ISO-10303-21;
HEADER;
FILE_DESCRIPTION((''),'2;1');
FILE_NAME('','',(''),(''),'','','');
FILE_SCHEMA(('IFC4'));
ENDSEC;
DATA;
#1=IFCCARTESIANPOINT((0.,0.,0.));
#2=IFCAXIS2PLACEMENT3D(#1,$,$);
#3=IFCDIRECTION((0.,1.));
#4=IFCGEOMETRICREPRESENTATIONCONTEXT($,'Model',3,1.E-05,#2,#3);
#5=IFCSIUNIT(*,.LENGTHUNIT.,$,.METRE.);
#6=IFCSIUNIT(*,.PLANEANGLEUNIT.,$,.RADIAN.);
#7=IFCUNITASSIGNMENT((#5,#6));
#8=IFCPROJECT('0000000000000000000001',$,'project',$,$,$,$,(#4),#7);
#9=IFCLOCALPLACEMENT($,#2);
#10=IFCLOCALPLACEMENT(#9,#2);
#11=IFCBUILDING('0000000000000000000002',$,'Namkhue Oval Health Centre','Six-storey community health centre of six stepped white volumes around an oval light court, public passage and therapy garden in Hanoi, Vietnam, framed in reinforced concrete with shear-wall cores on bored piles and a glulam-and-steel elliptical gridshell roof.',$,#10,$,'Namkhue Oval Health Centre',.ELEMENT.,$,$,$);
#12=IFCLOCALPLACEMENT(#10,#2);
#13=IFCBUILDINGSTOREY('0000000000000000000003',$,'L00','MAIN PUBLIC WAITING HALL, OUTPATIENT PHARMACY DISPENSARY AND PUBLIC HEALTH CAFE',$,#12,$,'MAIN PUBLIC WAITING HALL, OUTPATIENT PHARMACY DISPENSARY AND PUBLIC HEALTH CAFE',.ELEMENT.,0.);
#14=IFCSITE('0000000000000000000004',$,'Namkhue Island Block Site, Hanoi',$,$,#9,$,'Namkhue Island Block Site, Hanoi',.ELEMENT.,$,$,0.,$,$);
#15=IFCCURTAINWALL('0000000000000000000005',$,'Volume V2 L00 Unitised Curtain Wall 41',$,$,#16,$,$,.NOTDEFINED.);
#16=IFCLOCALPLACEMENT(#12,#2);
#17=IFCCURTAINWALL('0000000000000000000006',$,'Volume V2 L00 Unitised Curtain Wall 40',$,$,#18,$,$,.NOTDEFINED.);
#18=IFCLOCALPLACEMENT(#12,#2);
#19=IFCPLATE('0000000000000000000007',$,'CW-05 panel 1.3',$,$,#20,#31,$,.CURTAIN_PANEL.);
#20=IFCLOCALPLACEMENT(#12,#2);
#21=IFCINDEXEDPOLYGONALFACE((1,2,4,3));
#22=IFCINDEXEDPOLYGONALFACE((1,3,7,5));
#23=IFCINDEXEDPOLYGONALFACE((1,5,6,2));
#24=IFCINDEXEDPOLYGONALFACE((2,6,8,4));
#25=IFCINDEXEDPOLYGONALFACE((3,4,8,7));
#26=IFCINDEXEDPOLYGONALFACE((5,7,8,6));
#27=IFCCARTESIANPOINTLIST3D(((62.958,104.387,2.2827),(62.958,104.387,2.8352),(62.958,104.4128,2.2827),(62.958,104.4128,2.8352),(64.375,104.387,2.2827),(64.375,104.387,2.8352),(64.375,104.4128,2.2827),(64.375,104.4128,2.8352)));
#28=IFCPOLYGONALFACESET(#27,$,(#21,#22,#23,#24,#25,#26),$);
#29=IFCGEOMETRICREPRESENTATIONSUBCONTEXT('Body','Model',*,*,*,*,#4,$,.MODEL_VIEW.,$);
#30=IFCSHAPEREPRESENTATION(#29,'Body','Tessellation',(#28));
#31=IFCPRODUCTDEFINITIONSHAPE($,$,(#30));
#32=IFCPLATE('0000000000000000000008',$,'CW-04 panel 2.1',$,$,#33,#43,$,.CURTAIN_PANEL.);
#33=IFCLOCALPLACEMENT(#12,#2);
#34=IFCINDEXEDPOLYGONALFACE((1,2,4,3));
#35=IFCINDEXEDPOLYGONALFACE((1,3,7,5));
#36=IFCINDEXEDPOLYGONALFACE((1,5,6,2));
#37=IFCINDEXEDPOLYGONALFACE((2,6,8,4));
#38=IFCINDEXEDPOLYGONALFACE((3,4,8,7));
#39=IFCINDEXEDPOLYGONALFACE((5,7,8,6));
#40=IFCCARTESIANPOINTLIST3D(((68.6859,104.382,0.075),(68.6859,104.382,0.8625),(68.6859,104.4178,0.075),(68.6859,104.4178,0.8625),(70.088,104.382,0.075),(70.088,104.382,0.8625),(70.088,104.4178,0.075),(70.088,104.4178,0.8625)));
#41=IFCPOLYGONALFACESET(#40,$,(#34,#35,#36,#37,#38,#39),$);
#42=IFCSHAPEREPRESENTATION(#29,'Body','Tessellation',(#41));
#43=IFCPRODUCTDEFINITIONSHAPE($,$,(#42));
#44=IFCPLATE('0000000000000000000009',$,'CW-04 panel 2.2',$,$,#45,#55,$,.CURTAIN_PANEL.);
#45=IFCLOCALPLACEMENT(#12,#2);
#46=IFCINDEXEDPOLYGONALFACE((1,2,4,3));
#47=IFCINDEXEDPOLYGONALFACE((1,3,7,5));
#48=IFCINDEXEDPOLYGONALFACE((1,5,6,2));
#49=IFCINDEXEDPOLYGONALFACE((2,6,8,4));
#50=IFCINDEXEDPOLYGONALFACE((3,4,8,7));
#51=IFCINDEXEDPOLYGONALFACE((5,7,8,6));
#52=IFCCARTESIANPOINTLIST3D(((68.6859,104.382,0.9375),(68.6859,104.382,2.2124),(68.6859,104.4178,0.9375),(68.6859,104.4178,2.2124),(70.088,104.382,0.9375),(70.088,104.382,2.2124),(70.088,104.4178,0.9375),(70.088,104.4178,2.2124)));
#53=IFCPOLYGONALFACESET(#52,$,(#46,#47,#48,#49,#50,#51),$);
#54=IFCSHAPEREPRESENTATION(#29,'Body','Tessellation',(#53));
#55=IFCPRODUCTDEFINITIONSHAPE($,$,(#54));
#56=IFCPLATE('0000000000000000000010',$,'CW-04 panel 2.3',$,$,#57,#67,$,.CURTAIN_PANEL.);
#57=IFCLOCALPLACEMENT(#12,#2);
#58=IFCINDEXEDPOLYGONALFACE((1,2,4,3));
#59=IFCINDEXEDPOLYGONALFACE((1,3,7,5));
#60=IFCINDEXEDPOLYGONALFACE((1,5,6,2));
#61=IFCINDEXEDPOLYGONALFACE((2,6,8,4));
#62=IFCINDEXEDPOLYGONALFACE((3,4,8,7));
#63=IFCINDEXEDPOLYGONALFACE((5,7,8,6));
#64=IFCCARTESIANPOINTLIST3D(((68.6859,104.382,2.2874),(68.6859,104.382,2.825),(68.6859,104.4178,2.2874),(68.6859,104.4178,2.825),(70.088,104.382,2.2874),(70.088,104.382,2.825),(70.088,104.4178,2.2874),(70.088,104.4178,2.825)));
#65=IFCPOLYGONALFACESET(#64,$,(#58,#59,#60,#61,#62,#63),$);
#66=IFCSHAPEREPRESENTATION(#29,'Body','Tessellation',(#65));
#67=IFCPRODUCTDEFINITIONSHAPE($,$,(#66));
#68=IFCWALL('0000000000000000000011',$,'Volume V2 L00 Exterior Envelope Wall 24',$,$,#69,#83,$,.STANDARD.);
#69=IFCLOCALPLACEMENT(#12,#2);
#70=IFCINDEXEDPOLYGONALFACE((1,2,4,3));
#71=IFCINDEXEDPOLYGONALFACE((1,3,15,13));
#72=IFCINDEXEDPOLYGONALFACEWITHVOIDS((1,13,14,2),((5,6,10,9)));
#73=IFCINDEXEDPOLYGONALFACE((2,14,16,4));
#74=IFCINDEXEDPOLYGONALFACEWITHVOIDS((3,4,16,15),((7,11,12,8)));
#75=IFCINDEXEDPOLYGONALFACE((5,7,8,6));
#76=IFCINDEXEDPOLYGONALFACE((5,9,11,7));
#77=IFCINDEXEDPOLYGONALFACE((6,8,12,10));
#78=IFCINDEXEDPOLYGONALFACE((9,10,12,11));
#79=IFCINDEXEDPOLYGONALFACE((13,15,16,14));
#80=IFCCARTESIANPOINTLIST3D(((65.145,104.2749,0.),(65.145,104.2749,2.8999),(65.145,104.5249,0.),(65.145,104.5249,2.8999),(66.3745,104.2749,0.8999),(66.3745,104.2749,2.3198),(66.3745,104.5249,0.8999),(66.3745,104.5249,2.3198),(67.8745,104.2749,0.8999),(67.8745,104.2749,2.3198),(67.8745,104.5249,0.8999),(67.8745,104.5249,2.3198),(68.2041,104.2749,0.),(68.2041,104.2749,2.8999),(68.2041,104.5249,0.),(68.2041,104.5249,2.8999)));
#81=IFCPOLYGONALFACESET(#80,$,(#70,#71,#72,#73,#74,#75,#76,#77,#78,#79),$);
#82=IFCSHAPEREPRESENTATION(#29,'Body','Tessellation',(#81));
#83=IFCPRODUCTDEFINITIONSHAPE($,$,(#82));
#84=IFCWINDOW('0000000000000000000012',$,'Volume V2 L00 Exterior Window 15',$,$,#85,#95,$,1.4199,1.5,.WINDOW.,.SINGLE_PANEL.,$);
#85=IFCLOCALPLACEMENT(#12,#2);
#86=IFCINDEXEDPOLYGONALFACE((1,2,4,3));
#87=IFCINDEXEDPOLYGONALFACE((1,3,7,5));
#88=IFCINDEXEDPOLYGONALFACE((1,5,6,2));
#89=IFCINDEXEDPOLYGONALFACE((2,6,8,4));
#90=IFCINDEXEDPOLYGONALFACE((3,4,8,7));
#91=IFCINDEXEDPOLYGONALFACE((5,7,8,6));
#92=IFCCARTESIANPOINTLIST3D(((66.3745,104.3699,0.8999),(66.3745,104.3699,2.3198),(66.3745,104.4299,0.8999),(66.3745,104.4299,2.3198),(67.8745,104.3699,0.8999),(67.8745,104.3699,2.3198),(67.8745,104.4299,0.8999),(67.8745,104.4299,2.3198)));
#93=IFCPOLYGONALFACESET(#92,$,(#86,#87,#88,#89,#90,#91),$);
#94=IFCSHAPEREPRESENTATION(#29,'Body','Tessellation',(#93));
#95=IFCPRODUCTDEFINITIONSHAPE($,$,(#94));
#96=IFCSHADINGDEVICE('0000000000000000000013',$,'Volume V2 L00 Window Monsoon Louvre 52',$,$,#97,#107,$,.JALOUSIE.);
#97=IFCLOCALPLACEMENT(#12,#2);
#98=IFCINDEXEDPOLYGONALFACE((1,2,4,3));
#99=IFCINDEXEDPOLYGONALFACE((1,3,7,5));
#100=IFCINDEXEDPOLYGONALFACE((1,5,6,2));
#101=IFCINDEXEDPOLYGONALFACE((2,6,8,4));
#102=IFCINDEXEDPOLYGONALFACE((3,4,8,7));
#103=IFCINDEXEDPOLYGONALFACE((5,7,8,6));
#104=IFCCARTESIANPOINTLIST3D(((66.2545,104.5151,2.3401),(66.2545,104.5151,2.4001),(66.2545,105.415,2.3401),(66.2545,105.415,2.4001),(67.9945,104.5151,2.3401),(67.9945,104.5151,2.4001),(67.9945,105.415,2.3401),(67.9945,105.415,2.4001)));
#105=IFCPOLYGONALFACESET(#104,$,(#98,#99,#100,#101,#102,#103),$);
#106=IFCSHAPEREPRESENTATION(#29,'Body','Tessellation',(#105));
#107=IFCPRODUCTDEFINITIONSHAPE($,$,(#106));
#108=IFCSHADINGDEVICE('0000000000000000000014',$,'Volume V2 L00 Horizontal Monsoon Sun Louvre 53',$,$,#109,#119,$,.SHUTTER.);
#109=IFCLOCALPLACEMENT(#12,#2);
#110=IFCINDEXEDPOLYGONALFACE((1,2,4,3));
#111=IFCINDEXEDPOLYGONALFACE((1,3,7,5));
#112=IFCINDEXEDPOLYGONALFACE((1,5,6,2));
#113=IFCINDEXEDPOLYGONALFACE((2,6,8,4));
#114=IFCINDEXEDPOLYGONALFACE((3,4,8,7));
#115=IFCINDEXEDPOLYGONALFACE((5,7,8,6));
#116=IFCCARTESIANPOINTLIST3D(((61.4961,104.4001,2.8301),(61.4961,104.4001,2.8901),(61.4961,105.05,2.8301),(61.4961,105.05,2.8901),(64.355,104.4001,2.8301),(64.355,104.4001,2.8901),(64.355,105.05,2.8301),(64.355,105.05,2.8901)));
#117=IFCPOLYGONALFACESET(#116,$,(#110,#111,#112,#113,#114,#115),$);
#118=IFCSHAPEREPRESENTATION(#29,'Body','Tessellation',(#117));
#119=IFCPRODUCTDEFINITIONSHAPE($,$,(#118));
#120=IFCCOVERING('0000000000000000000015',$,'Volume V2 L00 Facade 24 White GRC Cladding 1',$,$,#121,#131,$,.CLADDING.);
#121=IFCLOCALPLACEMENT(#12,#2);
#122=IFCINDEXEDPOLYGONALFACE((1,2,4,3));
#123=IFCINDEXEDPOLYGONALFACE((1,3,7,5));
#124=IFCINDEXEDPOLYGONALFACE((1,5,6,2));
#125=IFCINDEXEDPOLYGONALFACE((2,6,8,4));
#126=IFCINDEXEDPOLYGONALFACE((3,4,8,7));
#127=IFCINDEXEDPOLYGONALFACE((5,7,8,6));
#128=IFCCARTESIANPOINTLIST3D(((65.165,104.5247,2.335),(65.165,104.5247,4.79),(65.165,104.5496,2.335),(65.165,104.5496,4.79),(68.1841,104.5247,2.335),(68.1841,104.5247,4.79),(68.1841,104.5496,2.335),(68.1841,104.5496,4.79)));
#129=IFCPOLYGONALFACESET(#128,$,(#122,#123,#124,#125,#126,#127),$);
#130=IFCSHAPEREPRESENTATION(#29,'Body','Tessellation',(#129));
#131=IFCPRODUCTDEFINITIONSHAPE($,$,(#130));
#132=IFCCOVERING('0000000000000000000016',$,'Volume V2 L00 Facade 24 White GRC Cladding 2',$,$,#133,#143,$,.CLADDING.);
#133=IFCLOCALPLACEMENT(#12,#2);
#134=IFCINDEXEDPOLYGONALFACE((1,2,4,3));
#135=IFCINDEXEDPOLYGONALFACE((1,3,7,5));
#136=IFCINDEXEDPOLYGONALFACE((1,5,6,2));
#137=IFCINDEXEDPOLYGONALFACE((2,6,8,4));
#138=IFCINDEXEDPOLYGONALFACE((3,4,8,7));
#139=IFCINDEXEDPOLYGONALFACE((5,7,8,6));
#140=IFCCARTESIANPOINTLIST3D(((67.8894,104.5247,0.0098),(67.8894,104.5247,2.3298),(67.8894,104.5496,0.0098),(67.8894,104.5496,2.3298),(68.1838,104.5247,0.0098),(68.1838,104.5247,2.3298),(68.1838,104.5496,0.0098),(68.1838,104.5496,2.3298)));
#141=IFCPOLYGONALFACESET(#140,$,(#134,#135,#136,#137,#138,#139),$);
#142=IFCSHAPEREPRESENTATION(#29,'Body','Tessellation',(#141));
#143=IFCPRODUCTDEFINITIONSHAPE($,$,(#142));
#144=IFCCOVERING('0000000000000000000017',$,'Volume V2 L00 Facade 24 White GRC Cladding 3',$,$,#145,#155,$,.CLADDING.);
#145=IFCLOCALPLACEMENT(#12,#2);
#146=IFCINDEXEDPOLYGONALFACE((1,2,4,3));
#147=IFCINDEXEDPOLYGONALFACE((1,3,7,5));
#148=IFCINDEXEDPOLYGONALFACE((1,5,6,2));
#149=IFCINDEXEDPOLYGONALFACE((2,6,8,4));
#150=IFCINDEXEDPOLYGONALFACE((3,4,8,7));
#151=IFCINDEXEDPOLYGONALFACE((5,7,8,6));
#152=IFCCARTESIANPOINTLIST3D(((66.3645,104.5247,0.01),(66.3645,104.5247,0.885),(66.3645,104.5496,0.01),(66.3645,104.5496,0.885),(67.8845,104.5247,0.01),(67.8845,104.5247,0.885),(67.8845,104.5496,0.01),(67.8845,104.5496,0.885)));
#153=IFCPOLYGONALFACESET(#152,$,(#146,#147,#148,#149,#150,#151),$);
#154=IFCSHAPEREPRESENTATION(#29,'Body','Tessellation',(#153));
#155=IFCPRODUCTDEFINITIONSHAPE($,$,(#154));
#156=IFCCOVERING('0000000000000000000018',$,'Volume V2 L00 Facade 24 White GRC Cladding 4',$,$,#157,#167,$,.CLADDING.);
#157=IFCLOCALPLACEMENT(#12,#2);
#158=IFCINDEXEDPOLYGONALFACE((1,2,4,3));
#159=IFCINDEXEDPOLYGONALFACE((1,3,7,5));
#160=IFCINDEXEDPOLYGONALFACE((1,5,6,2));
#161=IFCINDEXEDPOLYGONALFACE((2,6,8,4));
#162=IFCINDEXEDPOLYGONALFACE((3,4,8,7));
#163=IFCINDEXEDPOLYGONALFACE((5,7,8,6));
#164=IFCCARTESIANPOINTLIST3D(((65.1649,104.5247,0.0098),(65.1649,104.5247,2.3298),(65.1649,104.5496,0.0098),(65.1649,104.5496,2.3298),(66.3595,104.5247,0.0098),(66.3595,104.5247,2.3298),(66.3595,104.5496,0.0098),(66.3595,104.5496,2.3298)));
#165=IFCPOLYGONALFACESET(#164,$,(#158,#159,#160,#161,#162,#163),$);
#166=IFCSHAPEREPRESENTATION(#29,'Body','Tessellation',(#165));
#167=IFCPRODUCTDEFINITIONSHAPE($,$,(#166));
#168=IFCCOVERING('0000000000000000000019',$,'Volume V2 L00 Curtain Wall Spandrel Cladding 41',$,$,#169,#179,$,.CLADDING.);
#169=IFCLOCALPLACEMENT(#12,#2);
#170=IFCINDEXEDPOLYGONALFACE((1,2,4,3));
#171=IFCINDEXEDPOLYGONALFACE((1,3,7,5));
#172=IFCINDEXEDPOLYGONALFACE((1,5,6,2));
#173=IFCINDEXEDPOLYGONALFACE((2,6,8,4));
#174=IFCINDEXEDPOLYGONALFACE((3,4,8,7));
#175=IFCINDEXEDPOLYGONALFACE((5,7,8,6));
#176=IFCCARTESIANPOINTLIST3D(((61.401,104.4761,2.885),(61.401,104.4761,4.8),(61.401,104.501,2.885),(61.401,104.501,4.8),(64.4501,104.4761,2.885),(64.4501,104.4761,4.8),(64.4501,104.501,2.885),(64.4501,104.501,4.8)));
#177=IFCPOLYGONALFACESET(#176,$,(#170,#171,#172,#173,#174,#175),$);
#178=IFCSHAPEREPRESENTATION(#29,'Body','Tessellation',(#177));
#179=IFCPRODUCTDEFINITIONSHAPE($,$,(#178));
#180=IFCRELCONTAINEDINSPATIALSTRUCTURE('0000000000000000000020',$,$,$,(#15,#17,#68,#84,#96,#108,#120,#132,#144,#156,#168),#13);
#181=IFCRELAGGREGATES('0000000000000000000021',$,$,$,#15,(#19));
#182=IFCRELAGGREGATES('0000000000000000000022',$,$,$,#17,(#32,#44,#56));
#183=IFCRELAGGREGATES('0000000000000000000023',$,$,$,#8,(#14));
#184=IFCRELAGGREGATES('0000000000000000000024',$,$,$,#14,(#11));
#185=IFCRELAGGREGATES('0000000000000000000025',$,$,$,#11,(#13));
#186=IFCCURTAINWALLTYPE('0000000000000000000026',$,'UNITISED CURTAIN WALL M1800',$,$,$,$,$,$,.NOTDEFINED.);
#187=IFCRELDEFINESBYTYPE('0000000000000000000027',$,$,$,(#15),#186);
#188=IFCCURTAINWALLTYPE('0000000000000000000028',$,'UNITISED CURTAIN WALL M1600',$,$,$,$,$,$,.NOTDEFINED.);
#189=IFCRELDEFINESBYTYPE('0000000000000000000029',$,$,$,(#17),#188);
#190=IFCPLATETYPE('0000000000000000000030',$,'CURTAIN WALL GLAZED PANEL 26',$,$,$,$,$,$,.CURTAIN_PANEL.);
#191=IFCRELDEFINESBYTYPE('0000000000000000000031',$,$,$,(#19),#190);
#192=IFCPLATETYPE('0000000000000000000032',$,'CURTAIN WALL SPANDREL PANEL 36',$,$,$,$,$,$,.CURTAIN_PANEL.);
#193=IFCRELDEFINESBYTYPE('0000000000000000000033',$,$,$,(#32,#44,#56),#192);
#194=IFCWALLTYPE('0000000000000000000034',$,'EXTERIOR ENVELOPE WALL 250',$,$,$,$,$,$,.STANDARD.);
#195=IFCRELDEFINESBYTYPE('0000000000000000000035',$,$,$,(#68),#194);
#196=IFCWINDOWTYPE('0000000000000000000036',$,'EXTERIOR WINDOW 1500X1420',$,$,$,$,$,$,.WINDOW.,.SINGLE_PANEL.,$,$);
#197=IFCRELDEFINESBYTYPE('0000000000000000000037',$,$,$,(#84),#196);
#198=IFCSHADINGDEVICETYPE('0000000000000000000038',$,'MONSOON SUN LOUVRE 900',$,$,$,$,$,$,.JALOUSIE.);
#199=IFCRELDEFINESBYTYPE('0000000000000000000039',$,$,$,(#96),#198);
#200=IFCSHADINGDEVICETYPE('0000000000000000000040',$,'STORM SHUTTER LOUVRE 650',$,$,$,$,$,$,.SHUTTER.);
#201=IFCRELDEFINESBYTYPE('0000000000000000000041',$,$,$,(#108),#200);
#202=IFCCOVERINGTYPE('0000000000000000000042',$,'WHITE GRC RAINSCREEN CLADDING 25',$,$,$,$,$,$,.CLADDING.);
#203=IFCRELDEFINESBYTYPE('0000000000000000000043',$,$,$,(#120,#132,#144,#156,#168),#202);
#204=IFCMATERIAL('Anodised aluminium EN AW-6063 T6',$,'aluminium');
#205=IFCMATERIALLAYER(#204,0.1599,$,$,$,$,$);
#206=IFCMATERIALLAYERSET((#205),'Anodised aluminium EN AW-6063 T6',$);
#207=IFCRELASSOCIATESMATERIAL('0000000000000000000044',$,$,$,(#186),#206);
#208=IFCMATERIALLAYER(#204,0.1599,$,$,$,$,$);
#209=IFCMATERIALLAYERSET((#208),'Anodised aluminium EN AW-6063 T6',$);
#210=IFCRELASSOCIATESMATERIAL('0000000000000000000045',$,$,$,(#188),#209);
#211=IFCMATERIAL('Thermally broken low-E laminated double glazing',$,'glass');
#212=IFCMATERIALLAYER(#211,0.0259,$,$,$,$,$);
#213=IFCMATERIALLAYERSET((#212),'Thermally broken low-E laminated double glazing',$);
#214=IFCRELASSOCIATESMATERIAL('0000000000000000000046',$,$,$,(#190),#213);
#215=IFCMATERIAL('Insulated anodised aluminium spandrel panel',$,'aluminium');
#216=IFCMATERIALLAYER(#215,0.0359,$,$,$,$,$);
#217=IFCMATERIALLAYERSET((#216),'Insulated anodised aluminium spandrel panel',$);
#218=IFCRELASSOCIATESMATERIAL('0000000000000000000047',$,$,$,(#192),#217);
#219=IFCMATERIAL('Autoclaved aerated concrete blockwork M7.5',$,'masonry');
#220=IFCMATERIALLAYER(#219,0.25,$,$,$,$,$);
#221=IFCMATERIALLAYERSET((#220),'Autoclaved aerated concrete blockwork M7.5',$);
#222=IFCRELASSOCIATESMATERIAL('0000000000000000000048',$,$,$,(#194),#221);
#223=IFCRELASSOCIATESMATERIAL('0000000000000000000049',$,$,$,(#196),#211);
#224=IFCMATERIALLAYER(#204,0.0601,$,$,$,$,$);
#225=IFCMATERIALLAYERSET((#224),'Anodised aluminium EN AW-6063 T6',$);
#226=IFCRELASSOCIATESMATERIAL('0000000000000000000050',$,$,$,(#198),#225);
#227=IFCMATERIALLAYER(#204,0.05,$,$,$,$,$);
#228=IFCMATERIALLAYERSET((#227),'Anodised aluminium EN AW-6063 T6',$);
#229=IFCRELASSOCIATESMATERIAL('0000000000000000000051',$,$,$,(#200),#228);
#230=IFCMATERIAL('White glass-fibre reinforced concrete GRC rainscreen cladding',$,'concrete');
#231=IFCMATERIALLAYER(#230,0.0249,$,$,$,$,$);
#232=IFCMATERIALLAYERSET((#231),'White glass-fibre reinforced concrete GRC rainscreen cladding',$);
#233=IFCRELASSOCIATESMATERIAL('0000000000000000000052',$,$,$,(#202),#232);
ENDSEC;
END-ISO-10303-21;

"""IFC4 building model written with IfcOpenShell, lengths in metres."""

from ifc_helpers import new_model, si_unit, direction, frame, frame_2d, origin, origin_2d, place, context, subcontext, project, spatial, rectangle, extrude, material, layer, layer_set, type_object, element, fill, aggregate, save


model = new_model("IFC4")

# Units and contexts
model_context = context("Model", 3, precision=1e-05, world=origin(), true_north=direction((0.0, 1.0)))
body_context = subcontext(model_context, "Body", "Model", "MODEL_VIEW")
ifc_project = project(units=[si_unit("LENGTHUNIT", "METRE"), si_unit("PLANEANGLEUNIT", "RADIAN")], contexts=[model_context])

# Site, building, storey
site_placement = place(None, origin())
site = spatial("IfcSite", under=ifc_project, at=site_placement, Name="Namkhue Island Block Site, Hanoi", LongName="Namkhue Island Block Site, Hanoi", CompositionType="ELEMENT", RefElevation=0.0)
building_placement = place(site_placement, origin())
building = spatial("IfcBuilding", under=site, at=building_placement, Name="Namkhue Oval Health Centre", Description="Six-storey community health centre of six stepped white volumes around an oval light court, public passage and therapy garden in Hanoi, Vietnam, framed in reinforced concrete with shear-wall cores on bored piles and a glulam-and-steel elliptical gridshell roof.", LongName="Namkhue Oval Health Centre", CompositionType="ELEMENT")
storey_placement = place(building_placement, origin())
storey = spatial("IfcBuildingStorey", under=building, at=storey_placement, Name="L00", Description="MAIN PUBLIC WAITING HALL, OUTPATIENT PHARMACY DISPENSARY AND PUBLIC HEALTH CAFE", LongName="MAIN PUBLIC WAITING HALL, OUTPATIENT PHARMACY DISPENSARY AND PUBLIC HEALTH CAFE", CompositionType="ELEMENT", Elevation=0.0)

# Curtain walls
ifc_material_1 = material(Name="Anodised aluminium EN AW-6063 T6", Category="aluminium")
ifc_layer_1 = layer(ifc_material_1, 0.1599)
ifc_layer_set_1 = layer_set([ifc_layer_1], Name="Anodised aluminium EN AW-6063 T6")
curtain_wall_type_1 = type_object("IfcCurtainWallType", Name="UNITISED CURTAIN WALL M1800", PredefinedType="NOTDEFINED", material=ifc_layer_set_1)
curtain_wall_1_placement = place(storey_placement, origin())
curtain_wall_1 = element("IfcCurtainWall", 1, at=curtain_wall_1_placement, inside=storey, type_object=curtain_wall_type_1, Name="Volume V2 L00 Unitised Curtain Wall 41", PredefinedType="NOTDEFINED")
ifc_layer_2 = layer(ifc_material_1, 0.1599)
ifc_layer_set_2 = layer_set([ifc_layer_2], Name="Anodised aluminium EN AW-6063 T6")
curtain_wall_type_2 = type_object("IfcCurtainWallType", Name="UNITISED CURTAIN WALL M1600", PredefinedType="NOTDEFINED", material=ifc_layer_set_2)
curtain_wall_2_placement = place(storey_placement, origin())
curtain_wall_2 = element("IfcCurtainWall", 2, at=curtain_wall_2_placement, inside=storey, type_object=curtain_wall_type_2, Name="Volume V2 L00 Unitised Curtain Wall 40", PredefinedType="NOTDEFINED")

# Plates
ifc_material_2 = material(Name="Thermally broken low-E laminated double glazing", Category="glass")
ifc_layer_3 = layer(ifc_material_2, 0.0259)
ifc_layer_set_3 = layer_set([ifc_layer_3], Name="Thermally broken low-E laminated double glazing")
plate_type_1 = type_object("IfcPlateType", Name="CURTAIN WALL GLAZED PANEL 26", PredefinedType="CURTAIN_PANEL", material=ifc_layer_set_3)
plate_1_placement = place(storey_placement, frame((63.6665, 104.3999, 2.2827), z_axis=(0.0, 0.0, 1.0), x_axis=(-1.0, 0.0, 0.0)))
plate_1 = element("IfcPlate", 3, at=plate_1_placement, type_object=plate_type_1, Name="CW-05 panel 1.3", PredefinedType="CURTAIN_PANEL", context=body_context, shape_type="SweptSolid", body=[
    extrude(rectangle(XDim=1.417, YDim=0.0259, at=origin_2d()), origin(), (0.0, 0.0, 1.0), 0.5525),
])
aggregate(curtain_wall_1, [plate_1])
ifc_material_3 = material(Name="Insulated anodised aluminium spandrel panel", Category="aluminium")
ifc_layer_4 = layer(ifc_material_3, 0.0359)
ifc_layer_set_4 = layer_set([ifc_layer_4], Name="Insulated anodised aluminium spandrel panel")
plate_type_2 = type_object("IfcPlateType", Name="CURTAIN WALL SPANDREL PANEL 36", PredefinedType="CURTAIN_PANEL", material=ifc_layer_set_4)
plate_2_placement = place(storey_placement, frame((69.387, 104.3999, 0.075), z_axis=(0.0, 0.0, 1.0), x_axis=(-1.0, 0.0, 0.0)))
plate_2 = element("IfcPlate", 4, at=plate_2_placement, type_object=plate_type_2, Name="CW-04 panel 2.1", PredefinedType="CURTAIN_PANEL", context=body_context, shape_type="SweptSolid", body=[
    extrude(rectangle(XDim=1.4021, YDim=0.0359, at=origin_2d()), origin(), (0.0, 0.0, 1.0), 0.7876),
])
plate_3_placement = place(storey_placement, frame((69.387, 104.3999, 0.9375), z_axis=(0.0, 0.0, 1.0), x_axis=(-1.0, 0.0, 0.0)))
plate_3 = element("IfcPlate", 5, at=plate_3_placement, type_object=plate_type_2, Name="CW-04 panel 2.2", PredefinedType="CURTAIN_PANEL", context=body_context, shape_type="SweptSolid", body=[
    extrude(rectangle(XDim=1.4021, YDim=0.0359, at=origin_2d()), origin(), (0.0, 0.0, 1.0), 1.2749),
])
plate_4_placement = place(storey_placement, frame((69.387, 104.3999, 2.2874), z_axis=(0.0, 0.0, 1.0), x_axis=(-1.0, 0.0, 0.0)))
plate_4 = element("IfcPlate", 6, at=plate_4_placement, type_object=plate_type_2, Name="CW-04 panel 2.3", PredefinedType="CURTAIN_PANEL", context=body_context, shape_type="SweptSolid", body=[
    extrude(rectangle(XDim=1.4021, YDim=0.0359, at=origin_2d()), origin(), (0.0, 0.0, 1.0), 0.5376),
])
aggregate(curtain_wall_2, [plate_2, plate_3, plate_4])

# Wall, opening, window
ifc_material_4 = material(Name="Autoclaved aerated concrete blockwork M7.5", Category="masonry")
ifc_layer_5 = layer(ifc_material_4, 0.25)
ifc_layer_set_5 = layer_set([ifc_layer_5], Name="Autoclaved aerated concrete blockwork M7.5")
wall_type = type_object("IfcWallType", Name="EXTERIOR ENVELOPE WALL 250", PredefinedType="STANDARD", material=ifc_layer_set_5)
wall_placement = place(storey_placement, frame((68.2041, 104.3999, 0.0), z_axis=(0.0, 0.0, 1.0), x_axis=(-1.0, 0.0, 0.0)))
wall = element("IfcWall", 7, at=wall_placement, inside=storey, type_object=wall_type, Name="Volume V2 L00 Exterior Envelope Wall 24", PredefinedType="STANDARD", context=body_context, shape_type="SweptSolid", body=[
    extrude(rectangle(XDim=3.0591, YDim=0.25, at=frame_2d((1.5295, 0.0))), origin(), (0.0, 0.0, 1.0), 2.8999),
])
opening_placement = place(wall_placement, frame((0.3296, 0.0, 0.8999)))
opening = element("IfcOpeningElement", 8, at=opening_placement, cuts=wall, PredefinedType="OPENING", context=body_context, shape_type="SweptSolid", body=[
    extrude(rectangle(XDim=1.5, YDim=1.4199, at=frame_2d((0.75, 0.71))), frame((0.0, 0.135, 0.0), z_axis=(0.0, -1.0, 0.0), x_axis=(1.0, 0.0, 0.0)), (0.0, 0.0, 1.0), 0.27),
])
window_type = type_object("IfcWindowType", Name="EXTERIOR WINDOW 1500X1420", PartitioningType="SINGLE_PANEL", PredefinedType="WINDOW", material=ifc_material_2)
window_placement = place(opening_placement, origin())
window = element("IfcWindow", 9, at=window_placement, inside=storey, type_object=window_type, Name="Volume V2 L00 Exterior Window 15", OverallHeight=1.4199, OverallWidth=1.5, PartitioningType="SINGLE_PANEL", PredefinedType="WINDOW", context=body_context, shape_type="SweptSolid", body=[
    extrude(rectangle(XDim=1.5, YDim=1.4199, at=frame_2d((0.75, 0.71))), frame((0.0, 0.03, 0.0), z_axis=(0.0, -1.0, 0.0), x_axis=(1.0, 0.0, 0.0)), (0.0, 0.0, 1.0), 0.0601),
])
fill(opening, window)

# Shading devices
ifc_layer_6 = layer(ifc_material_1, 0.0601)
ifc_layer_set_6 = layer_set([ifc_layer_6], Name="Anodised aluminium EN AW-6063 T6")
shading_device_type_1 = type_object("IfcShadingDeviceType", Name="MONSOON SUN LOUVRE 900", PredefinedType="JALOUSIE", material=ifc_layer_set_6)
shading_device_1_placement = place(storey_placement, frame((67.1245, 104.9651, 2.3401), z_axis=(0.0, 0.0, 1.0), x_axis=(-1.0, 0.0, 0.0)))
element("IfcShadingDevice", 10, at=shading_device_1_placement, inside=storey, type_object=shading_device_type_1, Name="Volume V2 L00 Window Monsoon Louvre 52", PredefinedType="JALOUSIE", context=body_context, shape_type="SweptSolid", body=[
    extrude(rectangle(XDim=1.74, YDim=0.8999, at=origin_2d()), origin(), (0.0, 0.0, 1.0), 0.0601),
])
ifc_layer_7 = layer(ifc_material_1, 0.05)
ifc_layer_set_7 = layer_set([ifc_layer_7], Name="Anodised aluminium EN AW-6063 T6")
shading_device_type_2 = type_object("IfcShadingDeviceType", Name="STORM SHUTTER LOUVRE 650", PredefinedType="SHUTTER", material=ifc_layer_set_7)
shading_device_2_placement = place(storey_placement, frame((62.9255, 104.7251, 2.8301), z_axis=(0.0, 0.0, 1.0), x_axis=(-1.0, 0.0, 0.0)))
element("IfcShadingDevice", 11, at=shading_device_2_placement, inside=storey, type_object=shading_device_type_2, Name="Volume V2 L00 Horizontal Monsoon Sun Louvre 53", PredefinedType="SHUTTER", context=body_context, shape_type="SweptSolid", body=[
    extrude(rectangle(XDim=2.8589, YDim=0.6499, at=origin_2d()), origin(), (0.0, 0.0, 1.0), 0.0601),
])

# Coverings
ifc_material_5 = material(Name="White glass-fibre reinforced concrete GRC rainscreen cladding", Category="concrete")
ifc_layer_8 = layer(ifc_material_5, 0.0249)
ifc_layer_set_8 = layer_set([ifc_layer_8], Name="White glass-fibre reinforced concrete GRC rainscreen cladding")
covering_type = type_object("IfcCoveringType", Name="WHITE GRC RAINSCREEN CLADDING 25", PredefinedType="CLADDING", material=ifc_layer_set_8)
covering_1_placement = place(storey_placement, frame((66.6746, 104.5371, 2.335), z_axis=(0.0, 0.0, 1.0), x_axis=(-1.0, 0.0, 0.0)))
element("IfcCovering", 12, at=covering_1_placement, inside=storey, type_object=covering_type, Name="Volume V2 L00 Facade 24 White GRC Cladding 1", PredefinedType="CLADDING", context=body_context, shape_type="SweptSolid", body=[
    extrude(rectangle(XDim=3.019, YDim=0.0249, at=origin_2d()), origin(), (0.0, 0.0, 1.0), 2.4551),
])
covering_2_placement = place(storey_placement, frame((68.0366, 104.5371, 0.0098), z_axis=(0.0, 0.0, 1.0), x_axis=(-1.0, 0.0, 0.0)))
element("IfcCovering", 13, at=covering_2_placement, inside=storey, type_object=covering_type, Name="Volume V2 L00 Facade 24 White GRC Cladding 2", PredefinedType="CLADDING", context=body_context, shape_type="SweptSolid", body=[
    extrude(rectangle(XDim=0.2944, YDim=0.0249, at=origin_2d()), origin(), (0.0, 0.0, 1.0), 2.3201),
])
covering_3_placement = place(storey_placement, frame((67.1245, 104.5371, 0.01), z_axis=(0.0, 0.0, 1.0), x_axis=(-1.0, 0.0, 0.0)))
element("IfcCovering", 14, at=covering_3_placement, inside=storey, type_object=covering_type, Name="Volume V2 L00 Facade 24 White GRC Cladding 3", PredefinedType="CLADDING", context=body_context, shape_type="SweptSolid", body=[
    extrude(rectangle(XDim=1.52, YDim=0.0249, at=origin_2d()), origin(), (0.0, 0.0, 1.0), 0.875),
])
covering_4_placement = place(storey_placement, frame((65.7622, 104.5371, 0.0098), z_axis=(0.0, 0.0, 1.0), x_axis=(-1.0, 0.0, 0.0)))
element("IfcCovering", 15, at=covering_4_placement, inside=storey, type_object=covering_type, Name="Volume V2 L00 Facade 24 White GRC Cladding 4", PredefinedType="CLADDING", context=body_context, shape_type="SweptSolid", body=[
    extrude(rectangle(XDim=1.1946, YDim=0.0249, at=origin_2d()), origin(), (0.0, 0.0, 1.0), 2.3201),
])
covering_5_placement = place(storey_placement, frame((62.9255, 104.4885, 2.885), z_axis=(0.0, 0.0, 1.0), x_axis=(-1.0, 0.0, 0.0)))
element("IfcCovering", 16, at=covering_5_placement, inside=storey, type_object=covering_type, Name="Volume V2 L00 Curtain Wall Spandrel Cladding 41", PredefinedType="CLADDING", context=body_context, shape_type="SweptSolid", body=[
    extrude(rectangle(XDim=3.0491, YDim=0.0249, at=origin_2d()), origin(), (0.0, 0.0, 1.0), 1.915),
])

save(model, "model.ifc")
